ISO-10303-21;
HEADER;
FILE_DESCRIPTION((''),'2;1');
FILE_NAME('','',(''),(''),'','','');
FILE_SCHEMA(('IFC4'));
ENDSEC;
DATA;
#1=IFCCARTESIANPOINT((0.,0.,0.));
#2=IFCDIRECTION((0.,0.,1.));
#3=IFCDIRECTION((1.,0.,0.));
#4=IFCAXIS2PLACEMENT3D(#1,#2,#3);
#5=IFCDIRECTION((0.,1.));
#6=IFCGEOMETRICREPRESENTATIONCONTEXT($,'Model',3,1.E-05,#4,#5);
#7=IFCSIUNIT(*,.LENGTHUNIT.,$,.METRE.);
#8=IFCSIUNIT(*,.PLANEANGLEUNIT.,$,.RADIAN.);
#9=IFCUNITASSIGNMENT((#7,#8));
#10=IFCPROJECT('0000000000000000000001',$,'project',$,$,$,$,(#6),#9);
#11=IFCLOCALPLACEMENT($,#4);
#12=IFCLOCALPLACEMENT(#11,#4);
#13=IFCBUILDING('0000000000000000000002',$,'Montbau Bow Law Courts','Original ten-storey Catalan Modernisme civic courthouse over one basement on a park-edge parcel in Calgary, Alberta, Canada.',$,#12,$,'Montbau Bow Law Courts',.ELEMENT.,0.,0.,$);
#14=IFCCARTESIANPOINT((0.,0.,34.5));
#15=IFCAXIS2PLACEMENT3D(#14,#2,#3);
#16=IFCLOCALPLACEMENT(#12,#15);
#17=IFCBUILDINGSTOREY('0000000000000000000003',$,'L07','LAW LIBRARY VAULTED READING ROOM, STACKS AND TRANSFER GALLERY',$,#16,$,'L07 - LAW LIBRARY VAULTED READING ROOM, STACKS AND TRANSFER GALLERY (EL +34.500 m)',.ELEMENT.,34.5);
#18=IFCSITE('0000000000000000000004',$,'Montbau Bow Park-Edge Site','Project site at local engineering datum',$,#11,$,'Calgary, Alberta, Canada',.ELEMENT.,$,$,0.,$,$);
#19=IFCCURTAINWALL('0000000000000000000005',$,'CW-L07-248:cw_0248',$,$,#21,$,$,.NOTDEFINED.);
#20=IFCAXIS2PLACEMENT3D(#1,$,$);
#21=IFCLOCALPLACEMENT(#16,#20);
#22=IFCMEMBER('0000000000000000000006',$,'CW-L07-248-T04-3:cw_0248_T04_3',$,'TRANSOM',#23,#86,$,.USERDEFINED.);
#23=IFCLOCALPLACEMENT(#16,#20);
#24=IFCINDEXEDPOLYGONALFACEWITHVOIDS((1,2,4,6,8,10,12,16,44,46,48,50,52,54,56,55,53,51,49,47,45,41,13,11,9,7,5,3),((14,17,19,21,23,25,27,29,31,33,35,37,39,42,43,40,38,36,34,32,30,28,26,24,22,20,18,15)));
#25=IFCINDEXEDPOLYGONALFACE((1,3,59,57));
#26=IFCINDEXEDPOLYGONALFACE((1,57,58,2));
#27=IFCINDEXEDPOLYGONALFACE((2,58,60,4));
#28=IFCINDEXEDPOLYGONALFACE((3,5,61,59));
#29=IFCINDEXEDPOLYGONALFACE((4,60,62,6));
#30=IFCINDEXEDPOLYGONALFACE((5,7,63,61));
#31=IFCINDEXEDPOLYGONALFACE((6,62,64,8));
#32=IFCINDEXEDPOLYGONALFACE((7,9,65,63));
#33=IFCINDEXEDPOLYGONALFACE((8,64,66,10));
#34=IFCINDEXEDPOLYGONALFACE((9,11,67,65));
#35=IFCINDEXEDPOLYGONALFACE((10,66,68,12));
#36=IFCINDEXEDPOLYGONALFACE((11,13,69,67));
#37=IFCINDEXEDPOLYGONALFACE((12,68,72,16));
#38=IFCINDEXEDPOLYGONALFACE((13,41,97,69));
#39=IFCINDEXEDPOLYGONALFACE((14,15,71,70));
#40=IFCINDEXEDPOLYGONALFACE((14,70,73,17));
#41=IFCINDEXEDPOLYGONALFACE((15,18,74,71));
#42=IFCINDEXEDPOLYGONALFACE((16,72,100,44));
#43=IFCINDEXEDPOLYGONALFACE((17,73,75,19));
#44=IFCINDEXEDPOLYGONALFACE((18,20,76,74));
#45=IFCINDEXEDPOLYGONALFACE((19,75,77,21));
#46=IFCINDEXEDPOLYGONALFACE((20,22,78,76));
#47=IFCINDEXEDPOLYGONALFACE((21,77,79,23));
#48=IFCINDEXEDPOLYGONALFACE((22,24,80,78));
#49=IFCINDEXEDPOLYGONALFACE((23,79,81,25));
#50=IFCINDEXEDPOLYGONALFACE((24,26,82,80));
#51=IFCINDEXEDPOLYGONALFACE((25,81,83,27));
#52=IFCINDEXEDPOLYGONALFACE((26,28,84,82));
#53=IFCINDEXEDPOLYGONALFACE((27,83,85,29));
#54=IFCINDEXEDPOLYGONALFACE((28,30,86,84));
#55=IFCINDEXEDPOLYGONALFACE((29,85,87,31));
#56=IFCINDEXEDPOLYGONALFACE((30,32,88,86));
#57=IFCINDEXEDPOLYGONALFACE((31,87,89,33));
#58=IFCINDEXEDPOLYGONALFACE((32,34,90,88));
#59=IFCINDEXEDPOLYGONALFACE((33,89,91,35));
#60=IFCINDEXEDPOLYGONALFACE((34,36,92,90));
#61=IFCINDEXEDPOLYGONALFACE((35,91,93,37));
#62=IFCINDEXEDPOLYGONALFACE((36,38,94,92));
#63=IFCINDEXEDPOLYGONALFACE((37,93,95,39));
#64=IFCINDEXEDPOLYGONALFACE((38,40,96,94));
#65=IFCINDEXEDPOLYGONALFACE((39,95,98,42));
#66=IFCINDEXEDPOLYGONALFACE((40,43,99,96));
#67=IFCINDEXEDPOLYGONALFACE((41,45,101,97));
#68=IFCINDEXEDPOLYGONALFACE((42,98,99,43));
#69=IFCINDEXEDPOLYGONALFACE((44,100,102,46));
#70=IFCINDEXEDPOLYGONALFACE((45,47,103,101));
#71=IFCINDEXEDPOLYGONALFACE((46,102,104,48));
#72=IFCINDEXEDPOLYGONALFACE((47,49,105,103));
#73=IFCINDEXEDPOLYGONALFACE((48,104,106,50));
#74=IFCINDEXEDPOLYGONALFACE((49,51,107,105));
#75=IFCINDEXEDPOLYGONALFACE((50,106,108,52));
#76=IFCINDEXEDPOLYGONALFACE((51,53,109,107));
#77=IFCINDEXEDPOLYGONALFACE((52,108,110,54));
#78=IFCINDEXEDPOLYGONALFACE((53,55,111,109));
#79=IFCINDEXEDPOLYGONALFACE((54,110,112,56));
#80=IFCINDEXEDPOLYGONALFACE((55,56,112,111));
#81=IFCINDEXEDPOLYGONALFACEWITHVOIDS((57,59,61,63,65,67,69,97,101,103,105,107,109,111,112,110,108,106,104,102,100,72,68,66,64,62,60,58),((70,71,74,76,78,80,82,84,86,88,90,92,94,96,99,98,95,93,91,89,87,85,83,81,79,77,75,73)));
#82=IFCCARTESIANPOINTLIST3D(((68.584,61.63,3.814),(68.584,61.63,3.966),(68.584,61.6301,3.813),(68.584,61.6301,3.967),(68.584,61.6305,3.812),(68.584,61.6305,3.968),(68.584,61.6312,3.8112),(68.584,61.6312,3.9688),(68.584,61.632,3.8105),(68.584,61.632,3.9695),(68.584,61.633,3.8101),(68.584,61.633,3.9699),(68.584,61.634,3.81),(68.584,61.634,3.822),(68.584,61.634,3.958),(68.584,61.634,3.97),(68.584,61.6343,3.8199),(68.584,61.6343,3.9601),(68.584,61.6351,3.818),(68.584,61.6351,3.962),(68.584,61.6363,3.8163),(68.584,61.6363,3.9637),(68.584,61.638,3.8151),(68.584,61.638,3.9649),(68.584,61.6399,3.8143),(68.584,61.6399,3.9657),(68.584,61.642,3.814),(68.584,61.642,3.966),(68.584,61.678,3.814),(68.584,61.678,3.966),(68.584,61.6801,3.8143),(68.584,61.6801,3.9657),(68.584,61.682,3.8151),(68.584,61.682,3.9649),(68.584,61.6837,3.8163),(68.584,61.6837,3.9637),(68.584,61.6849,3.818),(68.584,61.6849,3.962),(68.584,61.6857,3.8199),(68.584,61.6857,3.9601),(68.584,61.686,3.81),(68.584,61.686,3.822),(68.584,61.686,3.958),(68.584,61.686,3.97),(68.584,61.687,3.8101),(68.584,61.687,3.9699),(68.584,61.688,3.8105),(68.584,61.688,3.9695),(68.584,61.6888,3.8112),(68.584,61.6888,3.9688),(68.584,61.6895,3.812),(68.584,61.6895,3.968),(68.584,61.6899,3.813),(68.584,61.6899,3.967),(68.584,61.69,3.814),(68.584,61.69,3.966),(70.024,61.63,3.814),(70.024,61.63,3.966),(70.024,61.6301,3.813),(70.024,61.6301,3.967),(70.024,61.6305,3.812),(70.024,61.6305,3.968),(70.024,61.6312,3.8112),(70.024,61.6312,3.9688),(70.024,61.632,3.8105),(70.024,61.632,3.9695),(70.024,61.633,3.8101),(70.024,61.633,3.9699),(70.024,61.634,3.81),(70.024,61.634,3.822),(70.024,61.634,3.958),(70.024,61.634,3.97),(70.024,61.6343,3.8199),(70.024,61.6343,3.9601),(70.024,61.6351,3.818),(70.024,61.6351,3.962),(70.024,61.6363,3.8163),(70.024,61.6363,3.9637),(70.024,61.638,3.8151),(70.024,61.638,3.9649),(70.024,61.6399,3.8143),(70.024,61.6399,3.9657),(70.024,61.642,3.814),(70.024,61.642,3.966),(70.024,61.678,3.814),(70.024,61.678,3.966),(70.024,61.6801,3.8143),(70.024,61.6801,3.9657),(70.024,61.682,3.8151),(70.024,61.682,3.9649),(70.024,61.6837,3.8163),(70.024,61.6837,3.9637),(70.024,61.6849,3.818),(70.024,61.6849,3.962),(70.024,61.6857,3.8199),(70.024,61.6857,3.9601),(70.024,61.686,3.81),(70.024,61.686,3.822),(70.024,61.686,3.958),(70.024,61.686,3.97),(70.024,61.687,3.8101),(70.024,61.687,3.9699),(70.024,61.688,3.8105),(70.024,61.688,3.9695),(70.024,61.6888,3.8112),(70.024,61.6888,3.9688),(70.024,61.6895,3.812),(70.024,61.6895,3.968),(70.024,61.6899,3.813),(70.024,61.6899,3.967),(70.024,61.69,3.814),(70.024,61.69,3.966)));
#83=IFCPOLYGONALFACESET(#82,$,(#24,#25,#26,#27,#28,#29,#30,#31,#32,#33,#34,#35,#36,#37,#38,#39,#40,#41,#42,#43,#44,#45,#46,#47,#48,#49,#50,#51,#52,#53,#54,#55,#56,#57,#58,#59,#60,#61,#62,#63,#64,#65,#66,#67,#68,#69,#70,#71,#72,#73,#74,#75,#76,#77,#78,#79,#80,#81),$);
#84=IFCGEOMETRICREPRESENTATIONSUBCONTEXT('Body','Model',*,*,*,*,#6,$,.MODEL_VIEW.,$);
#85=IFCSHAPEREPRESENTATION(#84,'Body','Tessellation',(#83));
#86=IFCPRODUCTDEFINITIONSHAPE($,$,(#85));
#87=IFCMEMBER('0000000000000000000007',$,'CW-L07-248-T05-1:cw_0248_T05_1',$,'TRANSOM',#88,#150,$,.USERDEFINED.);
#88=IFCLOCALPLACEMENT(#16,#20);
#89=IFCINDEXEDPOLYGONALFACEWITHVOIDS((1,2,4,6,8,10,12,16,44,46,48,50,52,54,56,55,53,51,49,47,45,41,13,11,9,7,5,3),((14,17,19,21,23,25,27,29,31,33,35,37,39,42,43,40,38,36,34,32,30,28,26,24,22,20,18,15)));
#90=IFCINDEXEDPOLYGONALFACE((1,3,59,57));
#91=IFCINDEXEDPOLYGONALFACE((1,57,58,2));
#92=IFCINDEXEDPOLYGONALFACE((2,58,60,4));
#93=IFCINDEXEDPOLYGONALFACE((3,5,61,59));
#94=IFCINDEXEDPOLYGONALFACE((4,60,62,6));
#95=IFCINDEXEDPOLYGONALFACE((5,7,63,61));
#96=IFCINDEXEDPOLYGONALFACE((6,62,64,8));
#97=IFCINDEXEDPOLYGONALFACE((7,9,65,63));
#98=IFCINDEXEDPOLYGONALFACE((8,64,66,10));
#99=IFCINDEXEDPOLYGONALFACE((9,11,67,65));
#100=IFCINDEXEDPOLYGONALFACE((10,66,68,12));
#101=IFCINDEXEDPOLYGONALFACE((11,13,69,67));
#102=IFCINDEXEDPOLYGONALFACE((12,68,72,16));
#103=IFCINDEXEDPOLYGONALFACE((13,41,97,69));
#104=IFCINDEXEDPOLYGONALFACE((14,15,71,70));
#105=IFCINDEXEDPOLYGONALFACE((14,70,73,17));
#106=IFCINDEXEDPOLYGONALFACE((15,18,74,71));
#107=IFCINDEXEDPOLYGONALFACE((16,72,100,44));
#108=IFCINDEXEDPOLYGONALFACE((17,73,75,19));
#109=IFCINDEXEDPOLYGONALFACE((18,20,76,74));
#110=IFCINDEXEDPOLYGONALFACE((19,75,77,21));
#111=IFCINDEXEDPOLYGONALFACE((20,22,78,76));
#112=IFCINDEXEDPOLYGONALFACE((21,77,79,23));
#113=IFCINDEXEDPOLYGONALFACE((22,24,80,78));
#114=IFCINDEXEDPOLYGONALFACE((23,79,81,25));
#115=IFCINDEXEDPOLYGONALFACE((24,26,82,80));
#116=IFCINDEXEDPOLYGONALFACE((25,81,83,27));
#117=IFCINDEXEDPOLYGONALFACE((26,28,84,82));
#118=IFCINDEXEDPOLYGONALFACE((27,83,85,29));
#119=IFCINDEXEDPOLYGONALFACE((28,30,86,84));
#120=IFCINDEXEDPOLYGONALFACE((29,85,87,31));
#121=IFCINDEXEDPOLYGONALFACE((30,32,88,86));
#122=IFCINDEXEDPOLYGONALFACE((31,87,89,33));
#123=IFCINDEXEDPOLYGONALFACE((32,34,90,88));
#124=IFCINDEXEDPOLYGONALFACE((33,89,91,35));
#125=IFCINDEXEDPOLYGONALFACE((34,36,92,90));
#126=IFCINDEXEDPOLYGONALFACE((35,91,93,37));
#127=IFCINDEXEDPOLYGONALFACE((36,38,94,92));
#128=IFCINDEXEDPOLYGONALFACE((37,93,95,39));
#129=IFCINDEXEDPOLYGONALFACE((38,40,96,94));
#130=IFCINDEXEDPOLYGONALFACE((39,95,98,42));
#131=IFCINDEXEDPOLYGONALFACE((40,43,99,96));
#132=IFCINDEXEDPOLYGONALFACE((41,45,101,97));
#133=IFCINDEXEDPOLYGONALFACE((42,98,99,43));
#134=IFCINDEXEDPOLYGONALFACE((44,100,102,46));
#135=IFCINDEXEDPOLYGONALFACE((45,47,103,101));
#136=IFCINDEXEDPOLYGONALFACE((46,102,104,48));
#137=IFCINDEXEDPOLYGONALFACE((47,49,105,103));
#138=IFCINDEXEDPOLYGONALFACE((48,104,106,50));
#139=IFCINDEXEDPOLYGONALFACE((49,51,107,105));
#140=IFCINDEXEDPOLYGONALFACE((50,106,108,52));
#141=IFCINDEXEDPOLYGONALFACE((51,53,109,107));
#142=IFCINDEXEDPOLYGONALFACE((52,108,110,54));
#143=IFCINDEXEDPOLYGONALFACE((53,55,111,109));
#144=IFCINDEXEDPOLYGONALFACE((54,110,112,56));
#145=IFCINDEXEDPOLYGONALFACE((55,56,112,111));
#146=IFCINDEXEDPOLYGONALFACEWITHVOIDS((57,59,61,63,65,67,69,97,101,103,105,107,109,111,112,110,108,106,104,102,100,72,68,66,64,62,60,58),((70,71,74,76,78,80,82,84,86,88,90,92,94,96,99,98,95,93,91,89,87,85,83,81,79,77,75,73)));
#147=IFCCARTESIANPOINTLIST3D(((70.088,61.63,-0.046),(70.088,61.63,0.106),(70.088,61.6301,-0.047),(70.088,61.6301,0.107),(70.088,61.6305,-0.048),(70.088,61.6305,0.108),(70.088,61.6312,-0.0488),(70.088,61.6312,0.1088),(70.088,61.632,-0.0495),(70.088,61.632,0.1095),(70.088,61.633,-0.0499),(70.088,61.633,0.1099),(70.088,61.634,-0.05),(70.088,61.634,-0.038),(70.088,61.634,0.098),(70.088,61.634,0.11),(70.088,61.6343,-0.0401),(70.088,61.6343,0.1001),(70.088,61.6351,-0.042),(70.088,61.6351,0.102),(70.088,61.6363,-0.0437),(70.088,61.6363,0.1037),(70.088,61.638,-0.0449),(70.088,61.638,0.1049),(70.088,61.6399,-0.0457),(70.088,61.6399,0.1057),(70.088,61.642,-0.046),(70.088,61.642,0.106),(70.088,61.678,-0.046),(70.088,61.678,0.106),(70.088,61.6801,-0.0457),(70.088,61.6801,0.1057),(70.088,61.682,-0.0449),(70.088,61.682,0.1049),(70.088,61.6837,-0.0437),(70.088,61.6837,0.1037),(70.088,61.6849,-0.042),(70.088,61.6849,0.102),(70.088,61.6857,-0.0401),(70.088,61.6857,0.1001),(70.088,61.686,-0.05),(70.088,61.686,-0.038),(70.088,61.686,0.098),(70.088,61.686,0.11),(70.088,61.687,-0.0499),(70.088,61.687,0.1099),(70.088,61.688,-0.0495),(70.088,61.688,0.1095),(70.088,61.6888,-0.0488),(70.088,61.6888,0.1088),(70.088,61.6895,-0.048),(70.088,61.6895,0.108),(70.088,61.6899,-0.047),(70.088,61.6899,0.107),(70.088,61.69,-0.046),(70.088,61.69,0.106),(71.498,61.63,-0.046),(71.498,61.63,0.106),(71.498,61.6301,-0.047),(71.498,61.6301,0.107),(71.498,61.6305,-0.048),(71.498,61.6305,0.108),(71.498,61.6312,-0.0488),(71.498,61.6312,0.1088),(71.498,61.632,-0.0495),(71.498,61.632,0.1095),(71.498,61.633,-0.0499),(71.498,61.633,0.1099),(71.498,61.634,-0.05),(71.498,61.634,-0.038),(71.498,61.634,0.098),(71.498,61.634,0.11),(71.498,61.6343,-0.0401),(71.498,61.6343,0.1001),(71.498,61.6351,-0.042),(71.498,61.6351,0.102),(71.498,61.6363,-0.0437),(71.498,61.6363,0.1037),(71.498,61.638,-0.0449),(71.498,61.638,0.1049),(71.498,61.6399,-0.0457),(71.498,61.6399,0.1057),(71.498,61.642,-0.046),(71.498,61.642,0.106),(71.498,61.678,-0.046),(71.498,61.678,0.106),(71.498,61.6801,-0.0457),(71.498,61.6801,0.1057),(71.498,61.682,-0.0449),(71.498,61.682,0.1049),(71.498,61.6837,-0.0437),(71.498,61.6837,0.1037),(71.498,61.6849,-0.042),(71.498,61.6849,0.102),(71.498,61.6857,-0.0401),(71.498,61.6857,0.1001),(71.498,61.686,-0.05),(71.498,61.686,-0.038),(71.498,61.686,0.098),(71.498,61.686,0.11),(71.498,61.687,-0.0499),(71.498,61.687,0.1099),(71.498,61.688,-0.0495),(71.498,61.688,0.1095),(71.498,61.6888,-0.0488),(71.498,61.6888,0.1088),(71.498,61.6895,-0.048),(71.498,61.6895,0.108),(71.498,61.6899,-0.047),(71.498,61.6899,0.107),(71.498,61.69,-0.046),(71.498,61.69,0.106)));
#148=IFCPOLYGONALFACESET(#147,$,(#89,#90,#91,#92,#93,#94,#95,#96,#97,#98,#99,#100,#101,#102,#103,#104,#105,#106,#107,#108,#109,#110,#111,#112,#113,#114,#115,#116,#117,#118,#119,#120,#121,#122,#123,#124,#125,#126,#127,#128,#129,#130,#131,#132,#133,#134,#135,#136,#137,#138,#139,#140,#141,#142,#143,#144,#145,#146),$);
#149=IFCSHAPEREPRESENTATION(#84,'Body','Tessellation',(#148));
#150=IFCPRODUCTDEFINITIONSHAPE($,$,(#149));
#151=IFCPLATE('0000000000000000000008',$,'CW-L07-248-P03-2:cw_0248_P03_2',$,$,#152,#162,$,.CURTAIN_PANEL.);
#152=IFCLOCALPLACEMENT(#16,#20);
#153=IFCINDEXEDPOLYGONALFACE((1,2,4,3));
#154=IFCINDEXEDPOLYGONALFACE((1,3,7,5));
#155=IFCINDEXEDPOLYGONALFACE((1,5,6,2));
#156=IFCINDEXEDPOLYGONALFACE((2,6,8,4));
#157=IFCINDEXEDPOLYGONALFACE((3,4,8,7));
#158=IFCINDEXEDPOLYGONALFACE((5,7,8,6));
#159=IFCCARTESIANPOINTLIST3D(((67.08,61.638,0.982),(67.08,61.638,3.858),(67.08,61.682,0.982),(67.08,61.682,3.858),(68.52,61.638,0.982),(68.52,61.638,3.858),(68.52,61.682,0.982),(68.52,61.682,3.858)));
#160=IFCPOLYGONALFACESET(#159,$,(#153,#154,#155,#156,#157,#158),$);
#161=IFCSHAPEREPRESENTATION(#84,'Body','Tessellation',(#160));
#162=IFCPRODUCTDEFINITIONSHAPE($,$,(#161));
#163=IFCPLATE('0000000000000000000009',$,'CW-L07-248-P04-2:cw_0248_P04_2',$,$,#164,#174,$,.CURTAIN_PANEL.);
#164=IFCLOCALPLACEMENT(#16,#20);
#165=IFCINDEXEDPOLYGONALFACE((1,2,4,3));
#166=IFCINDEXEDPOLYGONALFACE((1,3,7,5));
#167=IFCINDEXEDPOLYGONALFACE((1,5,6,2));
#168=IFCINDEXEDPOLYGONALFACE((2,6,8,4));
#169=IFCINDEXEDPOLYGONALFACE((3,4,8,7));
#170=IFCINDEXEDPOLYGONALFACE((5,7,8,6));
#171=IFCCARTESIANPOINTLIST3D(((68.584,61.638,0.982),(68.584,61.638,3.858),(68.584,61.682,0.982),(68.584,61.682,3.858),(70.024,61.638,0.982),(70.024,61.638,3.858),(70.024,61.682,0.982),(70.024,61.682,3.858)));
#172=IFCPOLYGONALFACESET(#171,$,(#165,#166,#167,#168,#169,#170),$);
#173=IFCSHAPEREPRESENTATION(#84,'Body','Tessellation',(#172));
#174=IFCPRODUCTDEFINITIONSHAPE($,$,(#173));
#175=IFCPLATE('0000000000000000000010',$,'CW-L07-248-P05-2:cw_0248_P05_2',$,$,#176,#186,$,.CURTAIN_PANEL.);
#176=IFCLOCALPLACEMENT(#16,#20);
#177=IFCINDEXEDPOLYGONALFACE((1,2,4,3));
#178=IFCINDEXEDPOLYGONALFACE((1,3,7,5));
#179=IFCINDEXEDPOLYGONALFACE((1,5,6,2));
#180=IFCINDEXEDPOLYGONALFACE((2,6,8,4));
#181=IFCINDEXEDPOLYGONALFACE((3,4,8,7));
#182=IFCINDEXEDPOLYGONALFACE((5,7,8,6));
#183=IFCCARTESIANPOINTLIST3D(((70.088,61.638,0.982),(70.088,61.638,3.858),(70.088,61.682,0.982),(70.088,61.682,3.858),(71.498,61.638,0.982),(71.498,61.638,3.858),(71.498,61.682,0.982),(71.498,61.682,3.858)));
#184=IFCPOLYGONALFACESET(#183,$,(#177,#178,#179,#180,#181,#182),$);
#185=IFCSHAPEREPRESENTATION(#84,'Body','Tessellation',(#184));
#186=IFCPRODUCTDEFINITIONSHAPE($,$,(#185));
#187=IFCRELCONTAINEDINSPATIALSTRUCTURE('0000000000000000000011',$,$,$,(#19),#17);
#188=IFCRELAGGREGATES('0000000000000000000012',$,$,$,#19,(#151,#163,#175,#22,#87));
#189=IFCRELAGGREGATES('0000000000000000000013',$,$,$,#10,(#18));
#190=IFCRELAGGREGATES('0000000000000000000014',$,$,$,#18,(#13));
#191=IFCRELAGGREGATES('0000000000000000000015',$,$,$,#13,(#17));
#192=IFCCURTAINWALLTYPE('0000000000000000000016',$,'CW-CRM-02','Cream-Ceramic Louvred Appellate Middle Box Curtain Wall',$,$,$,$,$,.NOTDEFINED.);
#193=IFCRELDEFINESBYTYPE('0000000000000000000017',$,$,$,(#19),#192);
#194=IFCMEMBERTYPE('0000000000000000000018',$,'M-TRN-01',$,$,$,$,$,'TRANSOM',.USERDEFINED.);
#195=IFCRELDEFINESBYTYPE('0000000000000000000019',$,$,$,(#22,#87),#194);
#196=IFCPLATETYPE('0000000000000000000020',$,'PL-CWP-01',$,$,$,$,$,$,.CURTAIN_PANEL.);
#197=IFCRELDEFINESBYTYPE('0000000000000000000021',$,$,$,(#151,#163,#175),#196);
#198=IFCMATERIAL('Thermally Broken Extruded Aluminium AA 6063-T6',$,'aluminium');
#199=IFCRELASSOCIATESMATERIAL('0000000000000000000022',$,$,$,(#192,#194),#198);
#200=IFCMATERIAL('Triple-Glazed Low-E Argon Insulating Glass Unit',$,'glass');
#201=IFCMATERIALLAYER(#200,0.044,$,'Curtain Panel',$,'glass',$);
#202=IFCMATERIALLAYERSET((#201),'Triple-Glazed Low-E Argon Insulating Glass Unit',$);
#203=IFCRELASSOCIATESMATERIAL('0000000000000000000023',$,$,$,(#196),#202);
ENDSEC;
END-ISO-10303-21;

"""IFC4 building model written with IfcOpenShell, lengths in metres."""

from ifc_helpers import new_model, si_unit, direction, frame, frame_2d, origin_with_axes, origin_2d_with_axis, place, context, subcontext, project, spatial, rectangle, hollow_rectangle, extrude, material, layer, layer_set, material_profile, profile_set, type_object, element, aggregate, save


model = new_model("IFC4")

# Units and contexts
model_context = context("Model", 3, precision=1e-05, world=origin_with_axes(), true_north=direction((0.0, 1.0)))
body_context = subcontext(model_context, "Body", "Model", "MODEL_VIEW")
ifc_project = project(units=[si_unit("LENGTHUNIT", "METRE"), si_unit("PLANEANGLEUNIT", "RADIAN")], contexts=[model_context])

# Site, building, storey
site_placement = place(None, origin_with_axes())
site = spatial("IfcSite", under=ifc_project, at=site_placement, Name="Montbau Bow Park-Edge Site", Description="Project site at local engineering datum", LongName="Calgary, Alberta, Canada", CompositionType="ELEMENT", RefElevation=0.0)
building_placement = place(site_placement, origin_with_axes())
building = spatial("IfcBuilding", under=site, at=building_placement, Name="Montbau Bow Law Courts", Description="Original ten-storey Catalan Modernisme civic courthouse over one basement on a park-edge parcel in Calgary, Alberta, Canada.", LongName="Montbau Bow Law Courts", CompositionType="ELEMENT", ElevationOfRefHeight=0.0, ElevationOfTerrain=0.0)
storey_placement = place(building_placement, frame((0.0, 0.0, 34.5), z_axis=(0.0, 0.0, 1.0), x_axis=(1.0, 0.0, 0.0)))
storey = spatial("IfcBuildingStorey", under=building, at=storey_placement, Name="L07", Description="LAW LIBRARY VAULTED READING ROOM, STACKS AND TRANSFER GALLERY", LongName="L07 - LAW LIBRARY VAULTED READING ROOM, STACKS AND TRANSFER GALLERY (EL +34.500 m)", CompositionType="ELEMENT", Elevation=34.5)

# Curtain wall, members, plates
ifc_material_1 = material(Name="Thermally Broken Extruded Aluminium AA 6063-T6", Category="aluminium")
curtain_wall_type = type_object("IfcCurtainWallType", Name="CW-CRM-02", Description="Cream-Ceramic Louvred Appellate Middle Box Curtain Wall", PredefinedType="NOTDEFINED", material=ifc_material_1)
curtain_wall_placement = place(None, frame((64.04, 61.66, 34.5), z_axis=(0.0, 0.0, 1.0), x_axis=(1.0, 0.0, 0.0)))
curtain_wall = element("IfcCurtainWall", 1, at=curtain_wall_placement, inside=storey, type_object=curtain_wall_type, Name="CW-L07-248:cw_0248", PredefinedType="NOTDEFINED")
ifc_material_profile_1 = material_profile(ifc_material_1, hollow_rectangle(XDim=0.06, YDim=0.16, WallThickness=0.004, InnerFilletRadius=0.008, OuterFilletRadius=0.004, at=origin_2d_with_axis()), Name="CWT-160X60", Category="Main", Priority=0)
ifc_profile_set_1 = profile_set([ifc_material_profile_1], Name="Thermally Broken Extruded Aluminium AA 6063-T6")
member_type_1 = type_object("IfcMemberType", Name="M-TRN-01", ElementType="TRANSOM", PredefinedType="USERDEFINED", material=ifc_profile_set_1)
member_1_placement = place(None, frame((68.584, 61.66, 38.39), z_axis=(1.0, 0.0, 0.0), x_axis=(0.0, 1.0, 0.0)))
member_1 = element("IfcMember", 2, at=member_1_placement, type_object=member_type_1, Name="CW-L07-248-T04-3:cw_0248_T04_3", ObjectType="TRANSOM", PredefinedType="USERDEFINED", context=body_context, shape_type="SweptSolid", body=[
    extrude(hollow_rectangle(XDim=0.06, YDim=0.16, WallThickness=0.004, InnerFilletRadius=0.008, OuterFilletRadius=0.004, at=origin_2d_with_axis()), origin_with_axes(), (0.0, 0.0, 1.0), 1.44),
])
member_2_placement = place(None, frame((70.088, 61.66, 34.53), z_axis=(1.0, 0.0, 0.0), x_axis=(0.0, 1.0, 0.0)))
member_2 = element("IfcMember", 3, at=member_2_placement, type_object=member_type_1, Name="CW-L07-248-T05-1:cw_0248_T05_1", ObjectType="TRANSOM", PredefinedType="USERDEFINED", context=body_context, shape_type="SweptSolid", body=[
    extrude(hollow_rectangle(XDim=0.06, YDim=0.16, WallThickness=0.004, InnerFilletRadius=0.008, OuterFilletRadius=0.004, at=origin_2d_with_axis()), origin_with_axes(), (0.0, 0.0, 1.0), 1.41),
])
ifc_material_2 = material(Name="Triple-Glazed Low-E Argon Insulating Glass Unit", Category="glass")
ifc_layer_1 = layer(ifc_material_2, 0.044, Name="Curtain Panel", Category="glass")
ifc_layer_set_1 = layer_set([ifc_layer_1], Name="Triple-Glazed Low-E Argon Insulating Glass Unit")
plate_type_1 = type_object("IfcPlateType", Name="PL-CWP-01", PredefinedType="CURTAIN_PANEL", material=ifc_layer_set_1)
plate_1_placement = place(None, frame((67.08, 61.66, 35.482), z_axis=(0.0, -1.0, 0.0), x_axis=(1.0, 0.0, 0.0)))
plate_1 = element("IfcPlate", 4, at=plate_1_placement, type_object=plate_type_1, Name="CW-L07-248-P03-2:cw_0248_P03_2", PredefinedType="CURTAIN_PANEL", context=body_context, shape_type="SweptSolid", body=[
    extrude(rectangle(XDim=1.44, YDim=2.876, at=frame_2d((0.72, 1.438), x_axis=(1.0, 0.0))), frame((0.0, 0.0, -0.022), z_axis=(0.0, 0.0, 1.0), x_axis=(1.0, 0.0, 0.0)), (0.0, 0.0, 1.0), 0.044),
])
plate_2_placement = place(None, frame((68.584, 61.66, 35.482), z_axis=(0.0, -1.0, 0.0), x_axis=(1.0, 0.0, 0.0)))
plate_2 = element("IfcPlate", 5, at=plate_2_placement, type_object=plate_type_1, Name="CW-L07-248-P04-2:cw_0248_P04_2", PredefinedType="CURTAIN_PANEL", context=body_context, shape_type="SweptSolid", body=[
    extrude(rectangle(XDim=1.44, YDim=2.876, at=frame_2d((0.72, 1.438), x_axis=(1.0, 0.0))), frame((0.0, 0.0, -0.022), z_axis=(0.0, 0.0, 1.0), x_axis=(1.0, 0.0, 0.0)), (0.0, 0.0, 1.0), 0.044),
])
plate_3_placement = place(None, frame((70.088, 61.66, 35.482), z_axis=(0.0, -1.0, 0.0), x_axis=(1.0, 0.0, 0.0)))
plate_3 = element("IfcPlate", 6, at=plate_3_placement, type_object=plate_type_1, Name="CW-L07-248-P05-2:cw_0248_P05_2", PredefinedType="CURTAIN_PANEL", context=body_context, shape_type="SweptSolid", body=[
    extrude(rectangle(XDim=1.41, YDim=2.876, at=frame_2d((0.705, 1.438), x_axis=(1.0, 0.0))), frame((0.0, 0.0, -0.022), z_axis=(0.0, 0.0, 1.0), x_axis=(1.0, 0.0, 0.0)), (0.0, 0.0, 1.0), 0.044),
])
aggregate(curtain_wall, [plate_1, plate_2, plate_3, member_1, member_2])

save(model, "model.ifc")
